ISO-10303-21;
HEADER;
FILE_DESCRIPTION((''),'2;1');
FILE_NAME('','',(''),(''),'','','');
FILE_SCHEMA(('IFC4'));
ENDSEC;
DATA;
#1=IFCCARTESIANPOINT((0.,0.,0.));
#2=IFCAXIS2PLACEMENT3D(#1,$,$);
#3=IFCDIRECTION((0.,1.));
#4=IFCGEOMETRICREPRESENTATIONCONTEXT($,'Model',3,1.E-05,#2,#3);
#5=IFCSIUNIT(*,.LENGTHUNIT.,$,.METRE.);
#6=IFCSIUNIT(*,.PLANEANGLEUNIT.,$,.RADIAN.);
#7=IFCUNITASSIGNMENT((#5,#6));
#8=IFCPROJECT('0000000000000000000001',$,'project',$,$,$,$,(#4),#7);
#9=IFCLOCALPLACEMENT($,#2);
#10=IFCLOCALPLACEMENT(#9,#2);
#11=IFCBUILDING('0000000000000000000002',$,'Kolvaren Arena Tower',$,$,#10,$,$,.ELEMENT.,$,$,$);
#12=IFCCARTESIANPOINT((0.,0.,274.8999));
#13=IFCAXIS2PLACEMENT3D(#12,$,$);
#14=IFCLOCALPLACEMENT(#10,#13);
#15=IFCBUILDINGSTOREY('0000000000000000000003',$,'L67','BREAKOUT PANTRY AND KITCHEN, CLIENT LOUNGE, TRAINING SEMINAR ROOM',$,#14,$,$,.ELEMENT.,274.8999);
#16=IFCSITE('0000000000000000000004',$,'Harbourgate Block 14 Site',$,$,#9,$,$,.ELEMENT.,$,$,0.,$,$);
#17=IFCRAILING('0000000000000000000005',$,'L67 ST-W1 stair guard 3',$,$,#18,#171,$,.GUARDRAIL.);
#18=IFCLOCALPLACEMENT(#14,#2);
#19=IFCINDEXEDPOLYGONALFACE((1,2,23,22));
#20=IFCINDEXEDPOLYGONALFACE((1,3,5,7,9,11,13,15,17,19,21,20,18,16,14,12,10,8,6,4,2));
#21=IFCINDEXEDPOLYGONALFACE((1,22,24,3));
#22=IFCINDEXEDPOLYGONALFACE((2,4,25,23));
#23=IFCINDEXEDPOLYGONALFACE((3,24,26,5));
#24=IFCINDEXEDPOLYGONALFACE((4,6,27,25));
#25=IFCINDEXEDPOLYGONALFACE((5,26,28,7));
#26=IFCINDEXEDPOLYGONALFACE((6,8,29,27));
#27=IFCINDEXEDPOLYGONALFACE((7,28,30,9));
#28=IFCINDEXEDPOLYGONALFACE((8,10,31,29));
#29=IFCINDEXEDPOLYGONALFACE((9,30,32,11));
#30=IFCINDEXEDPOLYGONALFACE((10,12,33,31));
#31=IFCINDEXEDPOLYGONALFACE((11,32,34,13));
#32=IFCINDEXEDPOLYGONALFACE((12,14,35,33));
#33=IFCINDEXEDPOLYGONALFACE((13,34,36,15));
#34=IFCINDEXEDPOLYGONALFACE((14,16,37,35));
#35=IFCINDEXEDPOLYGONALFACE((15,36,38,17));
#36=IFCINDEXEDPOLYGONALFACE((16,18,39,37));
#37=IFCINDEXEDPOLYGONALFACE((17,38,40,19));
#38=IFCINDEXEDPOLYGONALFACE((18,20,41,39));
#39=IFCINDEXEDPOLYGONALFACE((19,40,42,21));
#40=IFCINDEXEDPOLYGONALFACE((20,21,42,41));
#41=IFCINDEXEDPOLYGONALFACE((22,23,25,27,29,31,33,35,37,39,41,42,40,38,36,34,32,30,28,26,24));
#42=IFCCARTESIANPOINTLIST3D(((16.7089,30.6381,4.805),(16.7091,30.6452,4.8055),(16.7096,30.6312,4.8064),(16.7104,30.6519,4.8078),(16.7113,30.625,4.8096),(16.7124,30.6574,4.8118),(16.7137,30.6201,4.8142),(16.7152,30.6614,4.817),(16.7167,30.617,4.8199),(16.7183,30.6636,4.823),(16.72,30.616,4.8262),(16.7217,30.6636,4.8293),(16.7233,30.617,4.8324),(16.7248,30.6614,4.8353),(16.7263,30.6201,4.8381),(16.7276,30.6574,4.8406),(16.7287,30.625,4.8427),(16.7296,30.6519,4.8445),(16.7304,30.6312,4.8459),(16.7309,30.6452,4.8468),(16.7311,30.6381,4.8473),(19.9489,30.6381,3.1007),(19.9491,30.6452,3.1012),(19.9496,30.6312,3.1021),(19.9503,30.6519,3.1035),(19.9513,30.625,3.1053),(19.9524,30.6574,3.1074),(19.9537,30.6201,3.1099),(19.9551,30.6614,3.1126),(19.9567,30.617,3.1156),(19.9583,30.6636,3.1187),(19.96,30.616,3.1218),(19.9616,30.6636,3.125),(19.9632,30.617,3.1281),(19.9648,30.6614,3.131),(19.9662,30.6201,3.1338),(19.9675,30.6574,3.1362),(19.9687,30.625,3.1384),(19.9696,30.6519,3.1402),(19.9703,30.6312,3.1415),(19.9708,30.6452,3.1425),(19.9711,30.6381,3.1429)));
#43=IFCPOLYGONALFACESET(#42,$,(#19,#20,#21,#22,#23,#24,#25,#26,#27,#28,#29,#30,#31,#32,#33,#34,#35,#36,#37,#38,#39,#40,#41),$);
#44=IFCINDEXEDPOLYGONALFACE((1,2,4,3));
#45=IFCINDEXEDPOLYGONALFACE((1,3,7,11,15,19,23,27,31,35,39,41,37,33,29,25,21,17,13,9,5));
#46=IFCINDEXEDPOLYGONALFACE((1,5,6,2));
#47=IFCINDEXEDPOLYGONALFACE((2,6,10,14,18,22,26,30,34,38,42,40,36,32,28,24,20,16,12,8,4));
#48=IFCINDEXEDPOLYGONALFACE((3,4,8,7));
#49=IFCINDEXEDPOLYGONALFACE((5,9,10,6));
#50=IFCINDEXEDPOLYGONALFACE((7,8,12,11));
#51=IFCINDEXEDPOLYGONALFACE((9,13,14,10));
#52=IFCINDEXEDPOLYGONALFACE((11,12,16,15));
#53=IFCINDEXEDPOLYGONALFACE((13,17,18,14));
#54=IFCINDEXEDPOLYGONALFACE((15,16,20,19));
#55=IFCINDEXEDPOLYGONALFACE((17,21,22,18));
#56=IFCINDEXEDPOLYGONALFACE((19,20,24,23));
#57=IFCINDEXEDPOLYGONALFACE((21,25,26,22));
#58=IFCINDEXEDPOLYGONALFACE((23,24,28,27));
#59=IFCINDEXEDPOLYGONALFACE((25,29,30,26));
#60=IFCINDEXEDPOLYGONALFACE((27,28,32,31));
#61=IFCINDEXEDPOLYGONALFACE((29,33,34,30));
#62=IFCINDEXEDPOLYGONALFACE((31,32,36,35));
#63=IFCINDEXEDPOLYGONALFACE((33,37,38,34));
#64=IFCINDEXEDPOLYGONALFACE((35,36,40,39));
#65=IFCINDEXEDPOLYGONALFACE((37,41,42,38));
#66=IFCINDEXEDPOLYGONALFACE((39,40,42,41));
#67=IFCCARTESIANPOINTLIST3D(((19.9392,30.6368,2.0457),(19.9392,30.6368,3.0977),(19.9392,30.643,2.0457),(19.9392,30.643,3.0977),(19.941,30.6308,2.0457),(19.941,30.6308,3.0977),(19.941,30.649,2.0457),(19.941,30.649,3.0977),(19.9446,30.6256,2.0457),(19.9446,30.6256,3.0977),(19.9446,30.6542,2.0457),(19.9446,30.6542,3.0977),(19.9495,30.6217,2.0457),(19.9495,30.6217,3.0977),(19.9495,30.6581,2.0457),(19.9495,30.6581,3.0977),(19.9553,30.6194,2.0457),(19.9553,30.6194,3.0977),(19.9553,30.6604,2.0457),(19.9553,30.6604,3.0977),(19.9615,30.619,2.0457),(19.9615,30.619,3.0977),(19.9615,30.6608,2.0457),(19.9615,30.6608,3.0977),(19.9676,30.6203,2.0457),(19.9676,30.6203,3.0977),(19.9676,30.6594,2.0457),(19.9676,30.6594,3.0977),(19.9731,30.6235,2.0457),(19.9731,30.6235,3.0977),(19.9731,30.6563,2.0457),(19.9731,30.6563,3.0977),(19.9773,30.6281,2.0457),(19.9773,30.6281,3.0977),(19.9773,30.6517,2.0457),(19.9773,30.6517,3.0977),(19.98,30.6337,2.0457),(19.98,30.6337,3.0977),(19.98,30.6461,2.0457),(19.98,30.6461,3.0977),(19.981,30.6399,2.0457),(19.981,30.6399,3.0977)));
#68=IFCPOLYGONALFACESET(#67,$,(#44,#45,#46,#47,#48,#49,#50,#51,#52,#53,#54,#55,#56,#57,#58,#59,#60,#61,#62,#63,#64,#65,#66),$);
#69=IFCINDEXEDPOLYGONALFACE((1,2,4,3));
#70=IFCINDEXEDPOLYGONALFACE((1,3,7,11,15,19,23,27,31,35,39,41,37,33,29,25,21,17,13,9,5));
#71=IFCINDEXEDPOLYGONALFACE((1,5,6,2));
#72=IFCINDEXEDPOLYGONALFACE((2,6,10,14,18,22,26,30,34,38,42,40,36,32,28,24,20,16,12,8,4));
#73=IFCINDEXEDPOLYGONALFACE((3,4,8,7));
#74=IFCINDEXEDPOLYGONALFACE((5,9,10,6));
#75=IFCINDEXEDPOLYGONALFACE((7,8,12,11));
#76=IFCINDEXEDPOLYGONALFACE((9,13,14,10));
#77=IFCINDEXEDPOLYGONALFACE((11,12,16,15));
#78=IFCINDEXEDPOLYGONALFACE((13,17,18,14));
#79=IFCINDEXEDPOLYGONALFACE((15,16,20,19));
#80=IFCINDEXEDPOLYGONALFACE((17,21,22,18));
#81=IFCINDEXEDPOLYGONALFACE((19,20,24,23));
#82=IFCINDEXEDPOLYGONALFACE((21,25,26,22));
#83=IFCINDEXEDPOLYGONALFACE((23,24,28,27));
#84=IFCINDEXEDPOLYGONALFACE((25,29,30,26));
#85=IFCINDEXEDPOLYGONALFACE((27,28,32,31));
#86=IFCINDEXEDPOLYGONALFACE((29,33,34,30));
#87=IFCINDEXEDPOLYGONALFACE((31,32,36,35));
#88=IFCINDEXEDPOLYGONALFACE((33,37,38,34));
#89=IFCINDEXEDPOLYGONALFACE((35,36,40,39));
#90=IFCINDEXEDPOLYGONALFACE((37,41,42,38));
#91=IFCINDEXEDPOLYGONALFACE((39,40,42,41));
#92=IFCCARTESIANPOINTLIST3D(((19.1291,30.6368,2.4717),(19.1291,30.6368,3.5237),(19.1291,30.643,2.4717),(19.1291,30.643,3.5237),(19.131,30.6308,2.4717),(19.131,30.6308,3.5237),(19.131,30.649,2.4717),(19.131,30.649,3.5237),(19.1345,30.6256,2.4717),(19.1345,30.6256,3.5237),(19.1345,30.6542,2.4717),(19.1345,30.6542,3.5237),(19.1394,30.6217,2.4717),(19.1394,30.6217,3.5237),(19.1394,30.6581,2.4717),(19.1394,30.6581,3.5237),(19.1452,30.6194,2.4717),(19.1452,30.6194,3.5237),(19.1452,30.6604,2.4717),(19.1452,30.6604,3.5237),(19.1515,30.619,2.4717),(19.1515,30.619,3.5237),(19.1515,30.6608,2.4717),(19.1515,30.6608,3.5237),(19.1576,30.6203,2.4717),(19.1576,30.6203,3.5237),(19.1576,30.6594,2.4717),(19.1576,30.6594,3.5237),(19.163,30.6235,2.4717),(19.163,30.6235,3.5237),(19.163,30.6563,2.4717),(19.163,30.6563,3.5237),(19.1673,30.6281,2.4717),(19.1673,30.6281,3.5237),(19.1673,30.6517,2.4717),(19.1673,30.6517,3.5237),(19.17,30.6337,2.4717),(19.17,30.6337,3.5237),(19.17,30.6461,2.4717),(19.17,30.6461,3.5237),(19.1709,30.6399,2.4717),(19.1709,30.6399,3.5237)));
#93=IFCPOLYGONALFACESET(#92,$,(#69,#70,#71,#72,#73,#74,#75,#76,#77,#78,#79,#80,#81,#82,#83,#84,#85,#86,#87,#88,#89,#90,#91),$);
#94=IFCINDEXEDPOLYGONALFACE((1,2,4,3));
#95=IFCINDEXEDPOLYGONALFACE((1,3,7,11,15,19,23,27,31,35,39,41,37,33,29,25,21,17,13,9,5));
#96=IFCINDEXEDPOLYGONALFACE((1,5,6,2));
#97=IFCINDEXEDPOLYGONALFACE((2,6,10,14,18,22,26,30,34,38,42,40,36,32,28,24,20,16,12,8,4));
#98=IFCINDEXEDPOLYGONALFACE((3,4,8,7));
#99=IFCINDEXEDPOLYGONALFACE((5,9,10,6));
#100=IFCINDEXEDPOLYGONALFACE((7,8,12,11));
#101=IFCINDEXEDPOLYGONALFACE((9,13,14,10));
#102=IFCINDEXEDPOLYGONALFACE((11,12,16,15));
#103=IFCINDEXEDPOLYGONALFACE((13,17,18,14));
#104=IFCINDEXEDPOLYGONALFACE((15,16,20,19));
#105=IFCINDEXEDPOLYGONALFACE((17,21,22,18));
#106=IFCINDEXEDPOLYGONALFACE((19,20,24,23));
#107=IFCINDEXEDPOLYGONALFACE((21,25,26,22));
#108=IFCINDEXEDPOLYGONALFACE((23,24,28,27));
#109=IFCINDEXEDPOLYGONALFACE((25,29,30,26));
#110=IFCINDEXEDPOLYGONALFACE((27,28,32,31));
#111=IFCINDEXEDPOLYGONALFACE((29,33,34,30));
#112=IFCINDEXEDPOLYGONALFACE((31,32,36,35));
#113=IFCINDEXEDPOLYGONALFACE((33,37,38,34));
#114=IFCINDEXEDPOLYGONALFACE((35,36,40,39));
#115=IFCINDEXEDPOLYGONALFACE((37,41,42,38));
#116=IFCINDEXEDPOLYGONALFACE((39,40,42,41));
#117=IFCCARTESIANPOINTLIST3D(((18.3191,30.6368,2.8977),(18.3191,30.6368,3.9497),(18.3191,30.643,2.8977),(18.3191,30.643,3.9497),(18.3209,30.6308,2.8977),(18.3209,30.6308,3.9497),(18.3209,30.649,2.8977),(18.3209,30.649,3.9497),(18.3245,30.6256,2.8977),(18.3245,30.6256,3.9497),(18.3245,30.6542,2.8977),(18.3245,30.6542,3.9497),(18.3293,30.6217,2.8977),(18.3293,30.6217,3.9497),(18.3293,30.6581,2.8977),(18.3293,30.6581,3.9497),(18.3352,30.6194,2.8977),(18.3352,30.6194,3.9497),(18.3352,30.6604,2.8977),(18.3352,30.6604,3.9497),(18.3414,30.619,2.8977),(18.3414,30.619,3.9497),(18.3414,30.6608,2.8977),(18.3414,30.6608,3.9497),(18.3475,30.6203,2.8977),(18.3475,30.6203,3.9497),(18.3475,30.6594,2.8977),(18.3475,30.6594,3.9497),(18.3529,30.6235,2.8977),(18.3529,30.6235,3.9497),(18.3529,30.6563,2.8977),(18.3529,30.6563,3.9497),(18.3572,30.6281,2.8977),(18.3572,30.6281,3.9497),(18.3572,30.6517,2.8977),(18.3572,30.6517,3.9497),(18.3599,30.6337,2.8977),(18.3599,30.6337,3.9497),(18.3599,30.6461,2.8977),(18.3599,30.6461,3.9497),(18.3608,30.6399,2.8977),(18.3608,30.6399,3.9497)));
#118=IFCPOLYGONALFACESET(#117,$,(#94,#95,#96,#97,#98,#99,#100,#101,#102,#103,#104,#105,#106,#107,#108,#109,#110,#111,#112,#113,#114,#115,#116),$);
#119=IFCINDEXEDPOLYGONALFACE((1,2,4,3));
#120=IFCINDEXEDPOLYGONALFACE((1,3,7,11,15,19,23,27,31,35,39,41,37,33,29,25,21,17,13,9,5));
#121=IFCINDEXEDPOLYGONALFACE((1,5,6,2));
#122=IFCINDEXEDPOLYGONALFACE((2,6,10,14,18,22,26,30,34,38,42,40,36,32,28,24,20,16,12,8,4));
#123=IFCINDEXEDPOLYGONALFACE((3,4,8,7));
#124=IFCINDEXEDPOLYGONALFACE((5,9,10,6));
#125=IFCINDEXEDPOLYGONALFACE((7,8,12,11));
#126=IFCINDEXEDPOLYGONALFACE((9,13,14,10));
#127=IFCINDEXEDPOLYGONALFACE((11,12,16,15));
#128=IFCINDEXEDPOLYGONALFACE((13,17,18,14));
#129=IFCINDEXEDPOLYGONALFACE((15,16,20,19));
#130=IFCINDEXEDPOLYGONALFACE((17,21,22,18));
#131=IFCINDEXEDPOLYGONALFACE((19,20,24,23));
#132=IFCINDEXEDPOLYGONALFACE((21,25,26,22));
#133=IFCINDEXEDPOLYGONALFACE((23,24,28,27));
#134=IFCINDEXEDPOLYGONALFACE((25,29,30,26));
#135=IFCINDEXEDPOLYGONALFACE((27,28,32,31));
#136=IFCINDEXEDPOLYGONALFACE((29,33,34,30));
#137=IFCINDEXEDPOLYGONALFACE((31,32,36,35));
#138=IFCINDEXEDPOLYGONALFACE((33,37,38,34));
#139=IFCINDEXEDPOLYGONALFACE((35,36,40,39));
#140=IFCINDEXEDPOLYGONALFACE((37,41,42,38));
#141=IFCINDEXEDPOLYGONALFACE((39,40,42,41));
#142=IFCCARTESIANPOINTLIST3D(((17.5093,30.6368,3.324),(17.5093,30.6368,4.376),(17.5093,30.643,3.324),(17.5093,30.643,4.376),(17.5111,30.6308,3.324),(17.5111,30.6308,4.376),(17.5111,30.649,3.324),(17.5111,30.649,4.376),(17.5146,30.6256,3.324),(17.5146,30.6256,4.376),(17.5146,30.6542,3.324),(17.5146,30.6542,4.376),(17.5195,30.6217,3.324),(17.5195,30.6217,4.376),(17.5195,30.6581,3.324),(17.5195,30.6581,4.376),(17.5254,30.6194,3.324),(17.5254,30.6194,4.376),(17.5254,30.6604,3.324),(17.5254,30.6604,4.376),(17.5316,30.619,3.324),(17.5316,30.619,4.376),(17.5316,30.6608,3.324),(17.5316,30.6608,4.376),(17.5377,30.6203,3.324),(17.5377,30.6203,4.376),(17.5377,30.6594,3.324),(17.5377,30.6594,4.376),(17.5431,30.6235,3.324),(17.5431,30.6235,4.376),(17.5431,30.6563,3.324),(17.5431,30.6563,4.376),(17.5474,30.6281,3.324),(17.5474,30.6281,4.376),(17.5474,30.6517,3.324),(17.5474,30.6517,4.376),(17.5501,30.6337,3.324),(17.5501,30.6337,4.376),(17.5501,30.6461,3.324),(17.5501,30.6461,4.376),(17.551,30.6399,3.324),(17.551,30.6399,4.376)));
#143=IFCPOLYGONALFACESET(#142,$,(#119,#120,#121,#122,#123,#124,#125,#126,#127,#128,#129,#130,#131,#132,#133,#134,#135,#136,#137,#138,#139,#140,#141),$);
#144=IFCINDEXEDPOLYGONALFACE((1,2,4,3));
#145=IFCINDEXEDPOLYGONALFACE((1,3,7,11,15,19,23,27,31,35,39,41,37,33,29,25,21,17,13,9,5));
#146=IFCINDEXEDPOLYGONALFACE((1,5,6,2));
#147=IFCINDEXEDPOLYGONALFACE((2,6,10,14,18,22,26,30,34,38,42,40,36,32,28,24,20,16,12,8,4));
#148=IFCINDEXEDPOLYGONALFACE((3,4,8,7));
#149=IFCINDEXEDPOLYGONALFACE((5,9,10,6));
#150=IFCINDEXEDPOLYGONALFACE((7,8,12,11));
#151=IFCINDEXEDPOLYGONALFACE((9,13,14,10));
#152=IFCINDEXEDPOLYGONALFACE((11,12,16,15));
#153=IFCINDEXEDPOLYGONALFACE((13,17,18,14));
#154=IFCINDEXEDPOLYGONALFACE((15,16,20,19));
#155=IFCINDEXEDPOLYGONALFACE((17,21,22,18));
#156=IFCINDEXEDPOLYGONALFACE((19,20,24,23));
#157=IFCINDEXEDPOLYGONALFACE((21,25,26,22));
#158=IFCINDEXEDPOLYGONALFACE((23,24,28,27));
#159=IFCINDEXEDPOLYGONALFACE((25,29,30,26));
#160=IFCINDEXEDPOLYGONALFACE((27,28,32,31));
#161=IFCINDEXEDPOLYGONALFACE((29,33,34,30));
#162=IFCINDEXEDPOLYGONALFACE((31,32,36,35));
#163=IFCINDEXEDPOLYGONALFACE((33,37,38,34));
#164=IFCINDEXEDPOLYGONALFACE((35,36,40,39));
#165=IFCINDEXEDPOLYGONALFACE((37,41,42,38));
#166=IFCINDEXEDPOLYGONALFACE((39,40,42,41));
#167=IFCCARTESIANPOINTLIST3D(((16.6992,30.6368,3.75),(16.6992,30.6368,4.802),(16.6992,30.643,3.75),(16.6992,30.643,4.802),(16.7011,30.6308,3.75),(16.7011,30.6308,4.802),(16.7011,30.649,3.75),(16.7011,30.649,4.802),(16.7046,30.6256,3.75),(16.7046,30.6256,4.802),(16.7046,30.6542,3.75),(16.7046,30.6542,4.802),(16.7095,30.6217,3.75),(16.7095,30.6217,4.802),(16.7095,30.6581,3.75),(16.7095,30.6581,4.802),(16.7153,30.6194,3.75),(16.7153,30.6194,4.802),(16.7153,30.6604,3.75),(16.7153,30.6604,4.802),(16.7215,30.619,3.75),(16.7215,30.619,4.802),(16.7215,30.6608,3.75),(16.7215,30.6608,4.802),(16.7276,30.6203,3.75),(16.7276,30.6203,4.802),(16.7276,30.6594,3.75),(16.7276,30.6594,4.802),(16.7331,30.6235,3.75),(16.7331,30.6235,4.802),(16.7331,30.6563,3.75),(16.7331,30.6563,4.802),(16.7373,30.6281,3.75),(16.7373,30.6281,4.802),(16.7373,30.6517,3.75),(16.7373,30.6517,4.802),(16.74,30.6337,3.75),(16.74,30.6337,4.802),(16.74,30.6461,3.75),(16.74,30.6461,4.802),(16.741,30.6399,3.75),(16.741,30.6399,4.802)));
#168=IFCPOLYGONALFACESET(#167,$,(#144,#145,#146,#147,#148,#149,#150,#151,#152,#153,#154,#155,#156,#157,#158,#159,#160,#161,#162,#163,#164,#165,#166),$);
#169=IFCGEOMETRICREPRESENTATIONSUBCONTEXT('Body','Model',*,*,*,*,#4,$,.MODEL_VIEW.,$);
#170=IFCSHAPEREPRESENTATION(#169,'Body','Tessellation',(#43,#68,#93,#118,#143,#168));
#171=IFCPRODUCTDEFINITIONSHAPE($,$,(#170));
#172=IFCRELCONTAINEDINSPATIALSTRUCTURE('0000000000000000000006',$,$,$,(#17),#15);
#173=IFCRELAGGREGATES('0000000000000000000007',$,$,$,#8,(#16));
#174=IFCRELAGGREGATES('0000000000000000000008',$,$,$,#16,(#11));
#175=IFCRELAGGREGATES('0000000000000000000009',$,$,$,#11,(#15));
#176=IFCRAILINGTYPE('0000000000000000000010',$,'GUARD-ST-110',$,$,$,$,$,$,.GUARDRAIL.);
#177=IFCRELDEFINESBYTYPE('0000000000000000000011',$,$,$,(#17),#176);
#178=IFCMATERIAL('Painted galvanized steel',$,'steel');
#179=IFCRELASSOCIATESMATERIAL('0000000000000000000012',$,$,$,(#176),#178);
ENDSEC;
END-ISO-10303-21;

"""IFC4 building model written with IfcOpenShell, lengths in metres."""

from ifc_helpers import new_model, si_unit, direction, frame, origin, origin_2d, place, context, subcontext, project, spatial, circle, extrude, material, type_object, element, save


model = new_model("IFC4")

# Units and contexts
model_context = context("Model", 3, precision=1e-05, world=origin(), true_north=direction((0.0, 1.0)))
body_context = subcontext(model_context, "Body", "Model", "MODEL_VIEW")
ifc_project = project(units=[si_unit("LENGTHUNIT", "METRE"), si_unit("PLANEANGLEUNIT", "RADIAN")], contexts=[model_context])

# Site, building, storey
site_placement = place(None, origin())
site = spatial("IfcSite", under=ifc_project, at=site_placement, Name="Harbourgate Block 14 Site", CompositionType="ELEMENT", RefElevation=0.0)
building_placement = place(site_placement, origin())
building = spatial("IfcBuilding", under=site, at=building_placement, Name="Kolvaren Arena Tower", CompositionType="ELEMENT")
storey_placement = place(building_placement, frame((0.0, 0.0, 274.8999)))
storey = spatial("IfcBuildingStorey", under=building, at=storey_placement, Name="L67", Description="BREAKOUT PANTRY AND KITCHEN, CLIENT LOUNGE, TRAINING SEMINAR ROOM", CompositionType="ELEMENT", Elevation=274.8999)

# Railing
ifc_material_1 = material(Name="Painted galvanized steel", Category="steel")
railing_type_1 = type_object("IfcRailingType", Name="GUARD-ST-110", PredefinedType="GUARDRAIL", material=ifc_material_1)
railing_1_placement = place(storey_placement, frame((19.96, 30.6399, 2.0457)))
element("IfcRailing", 1, at=railing_1_placement, inside=storey, type_object=railing_type_1, Name="L67 ST-W1 stair guard 3", PredefinedType="GUARDRAIL", context=body_context, shape_type="SweptSolid", body=[
    extrude(circle(Radius=0.0239, at=origin_2d()), frame((0.0, 0.0, 1.0762), z_axis=(-0.885021, 0.0, 0.465551), x_axis=(0.0, -1.0, 0.0)), (0.0, 0.0, 1.0), 3.6609),
    extrude(circle(Radius=0.021, at=origin_2d()), origin(), (0.0, 0.0, 1.0), 1.052),
    extrude(circle(Radius=0.021, at=origin_2d()), frame((-0.8101, 0.0, 0.426)), (0.0, 0.0, 1.0), 1.052),
    extrude(circle(Radius=0.021, at=origin_2d()), frame((-1.6201, 0.0, 0.8521)), (0.0, 0.0, 1.0), 1.052),
    extrude(circle(Radius=0.021, at=origin_2d()), frame((-2.4299, 0.0, 1.2783)), (0.0, 0.0, 1.0), 1.052),
    extrude(circle(Radius=0.021, at=origin_2d()), frame((-3.24, 0.0, 1.7043)), (0.0, 0.0, 1.0), 1.052),
])

save(model, "model.ifc")
